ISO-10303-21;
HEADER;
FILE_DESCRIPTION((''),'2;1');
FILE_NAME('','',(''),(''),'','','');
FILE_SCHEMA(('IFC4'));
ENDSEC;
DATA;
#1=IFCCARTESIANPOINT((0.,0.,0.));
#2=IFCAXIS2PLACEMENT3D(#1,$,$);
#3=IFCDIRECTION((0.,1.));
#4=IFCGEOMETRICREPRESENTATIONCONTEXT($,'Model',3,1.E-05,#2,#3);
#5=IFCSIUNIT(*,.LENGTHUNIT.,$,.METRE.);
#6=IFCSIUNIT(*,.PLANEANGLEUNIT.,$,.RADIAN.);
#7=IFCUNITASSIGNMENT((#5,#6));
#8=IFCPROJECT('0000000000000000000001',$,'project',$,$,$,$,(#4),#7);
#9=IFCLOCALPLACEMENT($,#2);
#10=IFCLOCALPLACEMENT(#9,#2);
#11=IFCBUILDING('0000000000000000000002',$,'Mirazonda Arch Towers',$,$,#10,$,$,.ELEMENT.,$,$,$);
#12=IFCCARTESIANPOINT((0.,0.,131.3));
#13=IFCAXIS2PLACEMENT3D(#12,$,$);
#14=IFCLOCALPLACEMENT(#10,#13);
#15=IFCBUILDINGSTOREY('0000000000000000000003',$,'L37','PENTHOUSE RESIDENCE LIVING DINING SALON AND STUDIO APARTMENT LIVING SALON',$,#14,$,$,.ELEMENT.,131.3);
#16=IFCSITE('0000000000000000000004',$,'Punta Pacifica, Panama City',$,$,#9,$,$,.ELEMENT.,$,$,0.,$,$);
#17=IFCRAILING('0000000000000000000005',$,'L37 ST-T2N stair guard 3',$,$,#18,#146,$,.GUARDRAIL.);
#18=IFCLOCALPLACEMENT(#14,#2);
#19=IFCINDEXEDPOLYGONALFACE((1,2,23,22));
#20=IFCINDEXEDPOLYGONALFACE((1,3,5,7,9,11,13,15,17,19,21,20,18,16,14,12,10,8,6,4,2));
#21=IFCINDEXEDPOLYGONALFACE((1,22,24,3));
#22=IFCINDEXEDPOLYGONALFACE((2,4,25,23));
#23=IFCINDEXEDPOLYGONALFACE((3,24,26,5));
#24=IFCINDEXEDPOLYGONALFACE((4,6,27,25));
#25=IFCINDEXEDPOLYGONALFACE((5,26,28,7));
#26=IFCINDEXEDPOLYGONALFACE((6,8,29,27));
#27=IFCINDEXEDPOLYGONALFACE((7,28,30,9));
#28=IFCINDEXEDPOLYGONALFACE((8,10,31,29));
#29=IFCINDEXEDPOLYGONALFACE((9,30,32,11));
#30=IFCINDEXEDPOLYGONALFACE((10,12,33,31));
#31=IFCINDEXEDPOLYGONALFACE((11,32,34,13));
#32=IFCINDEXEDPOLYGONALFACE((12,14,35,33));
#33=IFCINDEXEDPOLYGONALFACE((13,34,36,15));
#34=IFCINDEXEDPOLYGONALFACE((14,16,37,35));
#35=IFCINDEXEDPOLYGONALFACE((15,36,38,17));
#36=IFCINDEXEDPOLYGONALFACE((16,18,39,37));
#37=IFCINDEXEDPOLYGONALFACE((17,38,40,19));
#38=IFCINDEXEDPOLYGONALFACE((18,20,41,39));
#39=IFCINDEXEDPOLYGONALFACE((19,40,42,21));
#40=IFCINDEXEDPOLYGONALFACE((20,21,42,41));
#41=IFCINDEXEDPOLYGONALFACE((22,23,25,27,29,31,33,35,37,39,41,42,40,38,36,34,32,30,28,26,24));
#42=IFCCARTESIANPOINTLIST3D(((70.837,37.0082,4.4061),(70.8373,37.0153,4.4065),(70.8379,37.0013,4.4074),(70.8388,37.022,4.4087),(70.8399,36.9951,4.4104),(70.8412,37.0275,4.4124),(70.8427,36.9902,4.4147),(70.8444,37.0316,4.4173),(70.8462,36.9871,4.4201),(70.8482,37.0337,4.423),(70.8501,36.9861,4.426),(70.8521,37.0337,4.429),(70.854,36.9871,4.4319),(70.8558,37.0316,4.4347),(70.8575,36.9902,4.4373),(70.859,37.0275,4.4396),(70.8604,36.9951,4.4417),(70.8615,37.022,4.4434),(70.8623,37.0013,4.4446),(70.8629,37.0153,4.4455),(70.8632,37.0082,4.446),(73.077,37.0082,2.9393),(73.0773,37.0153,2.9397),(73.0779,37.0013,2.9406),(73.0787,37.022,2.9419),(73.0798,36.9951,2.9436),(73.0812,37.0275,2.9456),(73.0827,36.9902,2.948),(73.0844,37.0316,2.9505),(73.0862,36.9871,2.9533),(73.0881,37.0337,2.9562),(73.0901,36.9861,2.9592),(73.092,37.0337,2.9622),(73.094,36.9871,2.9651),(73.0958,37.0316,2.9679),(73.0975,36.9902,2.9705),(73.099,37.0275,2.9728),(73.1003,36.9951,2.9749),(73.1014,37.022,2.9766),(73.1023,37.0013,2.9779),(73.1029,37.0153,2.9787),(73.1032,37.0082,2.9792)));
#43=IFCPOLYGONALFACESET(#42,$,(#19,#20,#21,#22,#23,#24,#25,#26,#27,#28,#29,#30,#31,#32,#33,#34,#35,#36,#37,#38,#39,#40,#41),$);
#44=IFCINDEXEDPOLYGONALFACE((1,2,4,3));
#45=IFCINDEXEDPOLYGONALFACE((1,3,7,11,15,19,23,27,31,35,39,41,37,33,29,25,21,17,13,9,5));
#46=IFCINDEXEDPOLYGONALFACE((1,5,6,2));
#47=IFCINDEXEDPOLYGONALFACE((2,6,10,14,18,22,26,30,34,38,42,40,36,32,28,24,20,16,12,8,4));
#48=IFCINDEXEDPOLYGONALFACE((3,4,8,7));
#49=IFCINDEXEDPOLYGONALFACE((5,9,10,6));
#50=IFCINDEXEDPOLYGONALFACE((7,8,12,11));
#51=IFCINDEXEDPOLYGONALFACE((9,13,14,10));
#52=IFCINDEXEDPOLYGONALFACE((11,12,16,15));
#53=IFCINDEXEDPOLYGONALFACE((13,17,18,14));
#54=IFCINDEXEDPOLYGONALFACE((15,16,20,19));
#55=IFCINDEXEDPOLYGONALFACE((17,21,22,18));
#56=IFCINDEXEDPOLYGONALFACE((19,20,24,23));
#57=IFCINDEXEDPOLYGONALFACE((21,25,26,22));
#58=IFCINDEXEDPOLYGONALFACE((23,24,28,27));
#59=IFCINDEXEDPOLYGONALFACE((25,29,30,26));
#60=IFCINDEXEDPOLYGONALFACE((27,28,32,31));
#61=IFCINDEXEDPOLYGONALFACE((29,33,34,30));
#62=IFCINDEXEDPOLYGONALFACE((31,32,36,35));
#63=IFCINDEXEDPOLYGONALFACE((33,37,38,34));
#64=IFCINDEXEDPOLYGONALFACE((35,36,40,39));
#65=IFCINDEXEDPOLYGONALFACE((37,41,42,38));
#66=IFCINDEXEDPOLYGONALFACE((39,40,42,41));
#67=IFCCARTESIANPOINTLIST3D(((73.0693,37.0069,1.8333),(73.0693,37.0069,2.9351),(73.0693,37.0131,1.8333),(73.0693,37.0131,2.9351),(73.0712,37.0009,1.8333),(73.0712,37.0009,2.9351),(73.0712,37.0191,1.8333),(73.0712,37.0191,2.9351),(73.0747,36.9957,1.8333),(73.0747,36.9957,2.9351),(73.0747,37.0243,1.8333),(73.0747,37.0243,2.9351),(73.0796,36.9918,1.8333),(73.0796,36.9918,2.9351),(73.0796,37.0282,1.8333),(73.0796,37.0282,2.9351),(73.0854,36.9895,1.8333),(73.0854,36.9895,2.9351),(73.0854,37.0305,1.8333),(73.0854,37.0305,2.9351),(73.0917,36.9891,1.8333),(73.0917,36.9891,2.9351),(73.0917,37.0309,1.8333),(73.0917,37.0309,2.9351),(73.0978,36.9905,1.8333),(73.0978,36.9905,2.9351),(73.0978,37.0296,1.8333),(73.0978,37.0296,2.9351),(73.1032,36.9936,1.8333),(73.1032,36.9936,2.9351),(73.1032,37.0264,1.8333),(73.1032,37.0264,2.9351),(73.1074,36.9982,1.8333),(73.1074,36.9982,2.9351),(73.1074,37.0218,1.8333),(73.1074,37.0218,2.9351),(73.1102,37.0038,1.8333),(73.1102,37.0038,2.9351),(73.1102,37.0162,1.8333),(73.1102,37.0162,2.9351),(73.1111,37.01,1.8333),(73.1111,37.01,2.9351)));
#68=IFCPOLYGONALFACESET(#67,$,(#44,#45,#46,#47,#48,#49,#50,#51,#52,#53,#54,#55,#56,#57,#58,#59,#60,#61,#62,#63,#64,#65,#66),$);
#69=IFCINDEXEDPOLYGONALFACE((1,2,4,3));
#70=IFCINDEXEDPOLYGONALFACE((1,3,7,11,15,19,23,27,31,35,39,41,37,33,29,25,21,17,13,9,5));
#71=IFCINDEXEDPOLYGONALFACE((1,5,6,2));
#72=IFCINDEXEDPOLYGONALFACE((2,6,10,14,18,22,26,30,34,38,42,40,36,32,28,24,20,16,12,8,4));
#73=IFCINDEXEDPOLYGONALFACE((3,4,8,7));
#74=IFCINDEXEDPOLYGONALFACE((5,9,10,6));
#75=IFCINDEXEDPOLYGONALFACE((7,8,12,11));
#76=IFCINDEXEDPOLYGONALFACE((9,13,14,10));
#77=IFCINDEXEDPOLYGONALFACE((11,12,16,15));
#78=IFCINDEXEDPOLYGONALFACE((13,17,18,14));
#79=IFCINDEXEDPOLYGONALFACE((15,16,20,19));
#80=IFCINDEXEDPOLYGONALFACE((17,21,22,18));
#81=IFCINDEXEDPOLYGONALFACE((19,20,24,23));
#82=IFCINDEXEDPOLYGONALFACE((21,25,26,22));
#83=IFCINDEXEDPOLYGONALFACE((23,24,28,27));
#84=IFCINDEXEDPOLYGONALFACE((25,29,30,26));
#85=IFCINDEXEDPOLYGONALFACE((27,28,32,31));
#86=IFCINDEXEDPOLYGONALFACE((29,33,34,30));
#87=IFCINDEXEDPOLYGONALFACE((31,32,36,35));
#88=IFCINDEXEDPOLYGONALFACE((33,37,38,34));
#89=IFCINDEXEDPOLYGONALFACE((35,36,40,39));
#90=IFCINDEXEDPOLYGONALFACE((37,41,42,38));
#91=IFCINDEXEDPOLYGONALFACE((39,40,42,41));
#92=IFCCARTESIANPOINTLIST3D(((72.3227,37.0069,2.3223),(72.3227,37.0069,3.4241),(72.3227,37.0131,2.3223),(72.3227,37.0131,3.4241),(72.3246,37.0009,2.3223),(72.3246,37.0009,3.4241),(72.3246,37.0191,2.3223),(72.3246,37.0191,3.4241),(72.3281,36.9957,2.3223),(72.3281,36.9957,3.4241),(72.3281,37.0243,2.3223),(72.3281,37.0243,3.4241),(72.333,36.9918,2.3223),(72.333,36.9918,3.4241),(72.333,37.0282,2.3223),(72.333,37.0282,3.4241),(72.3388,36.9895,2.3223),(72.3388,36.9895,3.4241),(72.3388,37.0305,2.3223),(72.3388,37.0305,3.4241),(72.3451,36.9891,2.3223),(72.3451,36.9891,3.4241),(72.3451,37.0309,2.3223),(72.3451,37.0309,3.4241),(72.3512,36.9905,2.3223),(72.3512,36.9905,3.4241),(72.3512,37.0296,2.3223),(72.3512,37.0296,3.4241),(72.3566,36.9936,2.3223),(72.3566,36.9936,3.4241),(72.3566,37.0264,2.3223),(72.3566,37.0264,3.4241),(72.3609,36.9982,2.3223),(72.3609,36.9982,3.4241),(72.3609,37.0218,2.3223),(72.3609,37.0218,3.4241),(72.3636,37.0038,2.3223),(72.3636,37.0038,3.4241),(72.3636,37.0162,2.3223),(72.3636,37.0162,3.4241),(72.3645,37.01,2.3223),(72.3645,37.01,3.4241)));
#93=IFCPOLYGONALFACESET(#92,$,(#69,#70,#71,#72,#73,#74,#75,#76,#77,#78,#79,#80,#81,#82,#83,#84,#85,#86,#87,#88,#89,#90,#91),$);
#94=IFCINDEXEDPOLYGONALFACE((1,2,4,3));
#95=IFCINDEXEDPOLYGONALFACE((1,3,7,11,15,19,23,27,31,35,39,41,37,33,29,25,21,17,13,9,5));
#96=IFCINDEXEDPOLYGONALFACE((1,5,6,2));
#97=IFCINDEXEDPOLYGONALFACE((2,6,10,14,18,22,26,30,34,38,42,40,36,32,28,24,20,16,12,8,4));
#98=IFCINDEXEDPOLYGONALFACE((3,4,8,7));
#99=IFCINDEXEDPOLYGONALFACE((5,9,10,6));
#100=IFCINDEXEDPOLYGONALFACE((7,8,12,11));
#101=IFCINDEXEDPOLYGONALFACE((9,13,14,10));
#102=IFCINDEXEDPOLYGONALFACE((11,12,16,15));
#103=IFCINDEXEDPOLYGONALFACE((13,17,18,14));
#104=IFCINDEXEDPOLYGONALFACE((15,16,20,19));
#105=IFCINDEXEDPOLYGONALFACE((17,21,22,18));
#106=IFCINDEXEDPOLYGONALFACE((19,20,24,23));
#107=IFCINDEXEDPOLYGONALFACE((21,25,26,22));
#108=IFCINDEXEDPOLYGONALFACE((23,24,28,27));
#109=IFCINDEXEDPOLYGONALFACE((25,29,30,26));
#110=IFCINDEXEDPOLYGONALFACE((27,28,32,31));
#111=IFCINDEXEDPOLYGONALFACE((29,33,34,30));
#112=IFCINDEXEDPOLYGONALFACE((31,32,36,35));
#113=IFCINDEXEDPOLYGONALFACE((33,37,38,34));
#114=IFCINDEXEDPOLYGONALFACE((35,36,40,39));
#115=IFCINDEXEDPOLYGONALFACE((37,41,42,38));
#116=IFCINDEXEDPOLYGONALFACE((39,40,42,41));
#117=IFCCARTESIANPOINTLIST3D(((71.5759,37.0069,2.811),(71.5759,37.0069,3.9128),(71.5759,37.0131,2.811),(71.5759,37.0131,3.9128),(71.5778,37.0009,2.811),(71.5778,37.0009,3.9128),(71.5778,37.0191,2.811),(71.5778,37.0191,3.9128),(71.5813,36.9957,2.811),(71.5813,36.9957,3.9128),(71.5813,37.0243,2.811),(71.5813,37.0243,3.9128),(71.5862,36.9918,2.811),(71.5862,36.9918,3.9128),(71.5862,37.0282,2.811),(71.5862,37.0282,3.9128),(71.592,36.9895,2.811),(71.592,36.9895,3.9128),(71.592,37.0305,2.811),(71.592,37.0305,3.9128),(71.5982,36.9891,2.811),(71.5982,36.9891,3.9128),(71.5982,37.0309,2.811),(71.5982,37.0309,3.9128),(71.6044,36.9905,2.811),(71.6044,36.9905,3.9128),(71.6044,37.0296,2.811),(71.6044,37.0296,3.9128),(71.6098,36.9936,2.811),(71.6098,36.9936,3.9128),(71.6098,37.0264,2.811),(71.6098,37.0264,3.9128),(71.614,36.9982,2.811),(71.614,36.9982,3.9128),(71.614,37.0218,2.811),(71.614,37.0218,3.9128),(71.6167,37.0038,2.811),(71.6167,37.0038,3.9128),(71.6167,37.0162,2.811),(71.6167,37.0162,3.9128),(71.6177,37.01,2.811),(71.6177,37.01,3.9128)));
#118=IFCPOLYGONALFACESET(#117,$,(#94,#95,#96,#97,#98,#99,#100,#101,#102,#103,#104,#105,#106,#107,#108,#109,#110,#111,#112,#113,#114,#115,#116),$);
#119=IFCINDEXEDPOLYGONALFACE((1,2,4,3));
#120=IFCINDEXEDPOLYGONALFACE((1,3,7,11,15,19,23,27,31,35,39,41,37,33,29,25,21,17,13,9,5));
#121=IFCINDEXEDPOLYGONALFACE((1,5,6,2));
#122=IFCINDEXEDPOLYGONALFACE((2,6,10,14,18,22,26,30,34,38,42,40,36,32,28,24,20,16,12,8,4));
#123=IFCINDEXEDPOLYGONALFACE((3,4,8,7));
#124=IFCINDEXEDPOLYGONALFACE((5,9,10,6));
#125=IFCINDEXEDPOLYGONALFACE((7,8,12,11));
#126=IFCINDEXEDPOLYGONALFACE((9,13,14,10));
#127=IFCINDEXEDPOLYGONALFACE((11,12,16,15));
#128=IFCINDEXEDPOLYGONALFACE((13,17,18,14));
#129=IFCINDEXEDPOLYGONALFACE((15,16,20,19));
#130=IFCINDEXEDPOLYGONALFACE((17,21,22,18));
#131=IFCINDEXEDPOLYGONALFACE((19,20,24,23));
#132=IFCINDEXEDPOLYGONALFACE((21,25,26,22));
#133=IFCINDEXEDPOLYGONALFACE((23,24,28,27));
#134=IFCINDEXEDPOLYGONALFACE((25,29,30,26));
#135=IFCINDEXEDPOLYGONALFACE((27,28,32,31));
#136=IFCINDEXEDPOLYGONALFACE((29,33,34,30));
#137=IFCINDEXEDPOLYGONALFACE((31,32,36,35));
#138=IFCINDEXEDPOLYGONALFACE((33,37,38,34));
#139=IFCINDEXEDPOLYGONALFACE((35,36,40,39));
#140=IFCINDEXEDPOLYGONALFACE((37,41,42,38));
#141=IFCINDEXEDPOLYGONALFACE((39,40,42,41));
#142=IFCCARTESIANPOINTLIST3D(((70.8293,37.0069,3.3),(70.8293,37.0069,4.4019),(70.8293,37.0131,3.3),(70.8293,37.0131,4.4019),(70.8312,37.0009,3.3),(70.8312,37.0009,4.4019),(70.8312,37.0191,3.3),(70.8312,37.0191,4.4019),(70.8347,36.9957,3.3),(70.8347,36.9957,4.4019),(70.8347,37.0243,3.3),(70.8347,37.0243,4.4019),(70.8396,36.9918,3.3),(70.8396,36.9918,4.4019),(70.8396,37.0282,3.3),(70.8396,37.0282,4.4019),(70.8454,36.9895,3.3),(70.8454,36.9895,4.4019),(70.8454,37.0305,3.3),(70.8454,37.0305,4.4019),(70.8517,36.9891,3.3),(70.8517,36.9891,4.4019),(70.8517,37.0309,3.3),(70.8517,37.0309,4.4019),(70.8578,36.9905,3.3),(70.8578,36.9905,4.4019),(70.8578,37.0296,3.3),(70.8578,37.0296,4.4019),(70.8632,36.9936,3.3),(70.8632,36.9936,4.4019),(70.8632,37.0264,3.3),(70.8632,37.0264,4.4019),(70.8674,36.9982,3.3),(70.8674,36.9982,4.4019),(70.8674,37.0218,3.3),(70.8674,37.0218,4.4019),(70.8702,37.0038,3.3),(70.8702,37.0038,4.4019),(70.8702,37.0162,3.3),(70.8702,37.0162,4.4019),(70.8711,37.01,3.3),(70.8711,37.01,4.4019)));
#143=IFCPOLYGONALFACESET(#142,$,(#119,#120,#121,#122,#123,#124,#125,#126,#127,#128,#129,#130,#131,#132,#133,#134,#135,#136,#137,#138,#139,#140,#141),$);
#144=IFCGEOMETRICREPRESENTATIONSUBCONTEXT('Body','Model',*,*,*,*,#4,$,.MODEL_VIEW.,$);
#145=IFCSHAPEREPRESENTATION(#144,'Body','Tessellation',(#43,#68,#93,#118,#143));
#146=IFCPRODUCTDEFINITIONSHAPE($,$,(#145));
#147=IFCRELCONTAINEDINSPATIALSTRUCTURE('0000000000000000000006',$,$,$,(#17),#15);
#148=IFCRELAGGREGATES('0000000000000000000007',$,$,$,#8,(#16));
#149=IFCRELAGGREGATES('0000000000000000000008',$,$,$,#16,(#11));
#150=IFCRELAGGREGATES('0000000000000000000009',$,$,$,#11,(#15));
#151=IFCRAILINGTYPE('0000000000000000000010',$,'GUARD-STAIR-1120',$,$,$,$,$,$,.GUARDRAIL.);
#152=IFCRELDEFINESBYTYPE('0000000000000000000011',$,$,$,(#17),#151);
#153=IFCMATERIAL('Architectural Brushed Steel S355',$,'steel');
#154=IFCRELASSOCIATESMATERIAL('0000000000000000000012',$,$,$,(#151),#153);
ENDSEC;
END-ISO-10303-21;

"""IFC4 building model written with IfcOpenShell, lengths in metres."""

from ifc_helpers import new_model, si_unit, direction, frame, origin, origin_2d, place, context, subcontext, project, spatial, circle, extrude, material, type_object, element, save


model = new_model("IFC4")

# Units and contexts
model_context = context("Model", 3, precision=1e-05, world=origin(), true_north=direction((0.0, 1.0)))
body_context = subcontext(model_context, "Body", "Model", "MODEL_VIEW")
ifc_project = project(units=[si_unit("LENGTHUNIT", "METRE"), si_unit("PLANEANGLEUNIT", "RADIAN")], contexts=[model_context])

# Site, building, storey
site_placement = place(None, origin())
site = spatial("IfcSite", under=ifc_project, at=site_placement, Name="Punta Pacifica, Panama City", CompositionType="ELEMENT", RefElevation=0.0)
building_placement = place(site_placement, origin())
building = spatial("IfcBuilding", under=site, at=building_placement, Name="Mirazonda Arch Towers", CompositionType="ELEMENT")
storey_placement = place(building_placement, frame((0.0, 0.0, 131.3)))
storey = spatial("IfcBuildingStorey", under=building, at=storey_placement, Name="L37", Description="PENTHOUSE RESIDENCE LIVING DINING SALON AND STUDIO APARTMENT LIVING SALON", CompositionType="ELEMENT", Elevation=131.3)

# Shared definitions
ifc_material_1 = material(Name="Architectural Brushed Steel S355", Category="steel")

# Railing
railing_type_1 = type_object("IfcRailingType", Name="GUARD-STAIR-1120", PredefinedType="GUARDRAIL", material=ifc_material_1)
railing_1_placement = place(storey_placement, frame((73.0901, 37.01, 1.8333)))
element("IfcRailing", 1, at=railing_1_placement, inside=storey, type_object=railing_type_1, Name="L37 ST-T2N stair guard 3", PredefinedType="GUARDRAIL", context=body_context, shape_type="SweptSolid", body=[
    extrude(circle(Radius=0.0239, at=origin_2d()), frame((0.0, 0.0, 1.126), z_axis=(-0.836595, 0.0, 0.547822), x_axis=(0.0, -1.0, 0.0)), (0.0, 0.0, 1.0), 2.6775),
    extrude(circle(Radius=0.021, at=origin_2d()), origin(), (0.0, 0.0, 1.0), 1.1018),
    extrude(circle(Radius=0.021, at=origin_2d()), frame((-0.7466, 0.0, 0.489)), (0.0, 0.0, 1.0), 1.1018),
    extrude(circle(Radius=0.021, at=origin_2d()), frame((-1.4934, 0.0, 0.9778)), (0.0, 0.0, 1.0), 1.1018),
    extrude(circle(Radius=0.021, at=origin_2d()), frame((-2.24, 0.0, 1.4668)), (0.0, 0.0, 1.0), 1.1018),
])

save(model, "model.ifc")
